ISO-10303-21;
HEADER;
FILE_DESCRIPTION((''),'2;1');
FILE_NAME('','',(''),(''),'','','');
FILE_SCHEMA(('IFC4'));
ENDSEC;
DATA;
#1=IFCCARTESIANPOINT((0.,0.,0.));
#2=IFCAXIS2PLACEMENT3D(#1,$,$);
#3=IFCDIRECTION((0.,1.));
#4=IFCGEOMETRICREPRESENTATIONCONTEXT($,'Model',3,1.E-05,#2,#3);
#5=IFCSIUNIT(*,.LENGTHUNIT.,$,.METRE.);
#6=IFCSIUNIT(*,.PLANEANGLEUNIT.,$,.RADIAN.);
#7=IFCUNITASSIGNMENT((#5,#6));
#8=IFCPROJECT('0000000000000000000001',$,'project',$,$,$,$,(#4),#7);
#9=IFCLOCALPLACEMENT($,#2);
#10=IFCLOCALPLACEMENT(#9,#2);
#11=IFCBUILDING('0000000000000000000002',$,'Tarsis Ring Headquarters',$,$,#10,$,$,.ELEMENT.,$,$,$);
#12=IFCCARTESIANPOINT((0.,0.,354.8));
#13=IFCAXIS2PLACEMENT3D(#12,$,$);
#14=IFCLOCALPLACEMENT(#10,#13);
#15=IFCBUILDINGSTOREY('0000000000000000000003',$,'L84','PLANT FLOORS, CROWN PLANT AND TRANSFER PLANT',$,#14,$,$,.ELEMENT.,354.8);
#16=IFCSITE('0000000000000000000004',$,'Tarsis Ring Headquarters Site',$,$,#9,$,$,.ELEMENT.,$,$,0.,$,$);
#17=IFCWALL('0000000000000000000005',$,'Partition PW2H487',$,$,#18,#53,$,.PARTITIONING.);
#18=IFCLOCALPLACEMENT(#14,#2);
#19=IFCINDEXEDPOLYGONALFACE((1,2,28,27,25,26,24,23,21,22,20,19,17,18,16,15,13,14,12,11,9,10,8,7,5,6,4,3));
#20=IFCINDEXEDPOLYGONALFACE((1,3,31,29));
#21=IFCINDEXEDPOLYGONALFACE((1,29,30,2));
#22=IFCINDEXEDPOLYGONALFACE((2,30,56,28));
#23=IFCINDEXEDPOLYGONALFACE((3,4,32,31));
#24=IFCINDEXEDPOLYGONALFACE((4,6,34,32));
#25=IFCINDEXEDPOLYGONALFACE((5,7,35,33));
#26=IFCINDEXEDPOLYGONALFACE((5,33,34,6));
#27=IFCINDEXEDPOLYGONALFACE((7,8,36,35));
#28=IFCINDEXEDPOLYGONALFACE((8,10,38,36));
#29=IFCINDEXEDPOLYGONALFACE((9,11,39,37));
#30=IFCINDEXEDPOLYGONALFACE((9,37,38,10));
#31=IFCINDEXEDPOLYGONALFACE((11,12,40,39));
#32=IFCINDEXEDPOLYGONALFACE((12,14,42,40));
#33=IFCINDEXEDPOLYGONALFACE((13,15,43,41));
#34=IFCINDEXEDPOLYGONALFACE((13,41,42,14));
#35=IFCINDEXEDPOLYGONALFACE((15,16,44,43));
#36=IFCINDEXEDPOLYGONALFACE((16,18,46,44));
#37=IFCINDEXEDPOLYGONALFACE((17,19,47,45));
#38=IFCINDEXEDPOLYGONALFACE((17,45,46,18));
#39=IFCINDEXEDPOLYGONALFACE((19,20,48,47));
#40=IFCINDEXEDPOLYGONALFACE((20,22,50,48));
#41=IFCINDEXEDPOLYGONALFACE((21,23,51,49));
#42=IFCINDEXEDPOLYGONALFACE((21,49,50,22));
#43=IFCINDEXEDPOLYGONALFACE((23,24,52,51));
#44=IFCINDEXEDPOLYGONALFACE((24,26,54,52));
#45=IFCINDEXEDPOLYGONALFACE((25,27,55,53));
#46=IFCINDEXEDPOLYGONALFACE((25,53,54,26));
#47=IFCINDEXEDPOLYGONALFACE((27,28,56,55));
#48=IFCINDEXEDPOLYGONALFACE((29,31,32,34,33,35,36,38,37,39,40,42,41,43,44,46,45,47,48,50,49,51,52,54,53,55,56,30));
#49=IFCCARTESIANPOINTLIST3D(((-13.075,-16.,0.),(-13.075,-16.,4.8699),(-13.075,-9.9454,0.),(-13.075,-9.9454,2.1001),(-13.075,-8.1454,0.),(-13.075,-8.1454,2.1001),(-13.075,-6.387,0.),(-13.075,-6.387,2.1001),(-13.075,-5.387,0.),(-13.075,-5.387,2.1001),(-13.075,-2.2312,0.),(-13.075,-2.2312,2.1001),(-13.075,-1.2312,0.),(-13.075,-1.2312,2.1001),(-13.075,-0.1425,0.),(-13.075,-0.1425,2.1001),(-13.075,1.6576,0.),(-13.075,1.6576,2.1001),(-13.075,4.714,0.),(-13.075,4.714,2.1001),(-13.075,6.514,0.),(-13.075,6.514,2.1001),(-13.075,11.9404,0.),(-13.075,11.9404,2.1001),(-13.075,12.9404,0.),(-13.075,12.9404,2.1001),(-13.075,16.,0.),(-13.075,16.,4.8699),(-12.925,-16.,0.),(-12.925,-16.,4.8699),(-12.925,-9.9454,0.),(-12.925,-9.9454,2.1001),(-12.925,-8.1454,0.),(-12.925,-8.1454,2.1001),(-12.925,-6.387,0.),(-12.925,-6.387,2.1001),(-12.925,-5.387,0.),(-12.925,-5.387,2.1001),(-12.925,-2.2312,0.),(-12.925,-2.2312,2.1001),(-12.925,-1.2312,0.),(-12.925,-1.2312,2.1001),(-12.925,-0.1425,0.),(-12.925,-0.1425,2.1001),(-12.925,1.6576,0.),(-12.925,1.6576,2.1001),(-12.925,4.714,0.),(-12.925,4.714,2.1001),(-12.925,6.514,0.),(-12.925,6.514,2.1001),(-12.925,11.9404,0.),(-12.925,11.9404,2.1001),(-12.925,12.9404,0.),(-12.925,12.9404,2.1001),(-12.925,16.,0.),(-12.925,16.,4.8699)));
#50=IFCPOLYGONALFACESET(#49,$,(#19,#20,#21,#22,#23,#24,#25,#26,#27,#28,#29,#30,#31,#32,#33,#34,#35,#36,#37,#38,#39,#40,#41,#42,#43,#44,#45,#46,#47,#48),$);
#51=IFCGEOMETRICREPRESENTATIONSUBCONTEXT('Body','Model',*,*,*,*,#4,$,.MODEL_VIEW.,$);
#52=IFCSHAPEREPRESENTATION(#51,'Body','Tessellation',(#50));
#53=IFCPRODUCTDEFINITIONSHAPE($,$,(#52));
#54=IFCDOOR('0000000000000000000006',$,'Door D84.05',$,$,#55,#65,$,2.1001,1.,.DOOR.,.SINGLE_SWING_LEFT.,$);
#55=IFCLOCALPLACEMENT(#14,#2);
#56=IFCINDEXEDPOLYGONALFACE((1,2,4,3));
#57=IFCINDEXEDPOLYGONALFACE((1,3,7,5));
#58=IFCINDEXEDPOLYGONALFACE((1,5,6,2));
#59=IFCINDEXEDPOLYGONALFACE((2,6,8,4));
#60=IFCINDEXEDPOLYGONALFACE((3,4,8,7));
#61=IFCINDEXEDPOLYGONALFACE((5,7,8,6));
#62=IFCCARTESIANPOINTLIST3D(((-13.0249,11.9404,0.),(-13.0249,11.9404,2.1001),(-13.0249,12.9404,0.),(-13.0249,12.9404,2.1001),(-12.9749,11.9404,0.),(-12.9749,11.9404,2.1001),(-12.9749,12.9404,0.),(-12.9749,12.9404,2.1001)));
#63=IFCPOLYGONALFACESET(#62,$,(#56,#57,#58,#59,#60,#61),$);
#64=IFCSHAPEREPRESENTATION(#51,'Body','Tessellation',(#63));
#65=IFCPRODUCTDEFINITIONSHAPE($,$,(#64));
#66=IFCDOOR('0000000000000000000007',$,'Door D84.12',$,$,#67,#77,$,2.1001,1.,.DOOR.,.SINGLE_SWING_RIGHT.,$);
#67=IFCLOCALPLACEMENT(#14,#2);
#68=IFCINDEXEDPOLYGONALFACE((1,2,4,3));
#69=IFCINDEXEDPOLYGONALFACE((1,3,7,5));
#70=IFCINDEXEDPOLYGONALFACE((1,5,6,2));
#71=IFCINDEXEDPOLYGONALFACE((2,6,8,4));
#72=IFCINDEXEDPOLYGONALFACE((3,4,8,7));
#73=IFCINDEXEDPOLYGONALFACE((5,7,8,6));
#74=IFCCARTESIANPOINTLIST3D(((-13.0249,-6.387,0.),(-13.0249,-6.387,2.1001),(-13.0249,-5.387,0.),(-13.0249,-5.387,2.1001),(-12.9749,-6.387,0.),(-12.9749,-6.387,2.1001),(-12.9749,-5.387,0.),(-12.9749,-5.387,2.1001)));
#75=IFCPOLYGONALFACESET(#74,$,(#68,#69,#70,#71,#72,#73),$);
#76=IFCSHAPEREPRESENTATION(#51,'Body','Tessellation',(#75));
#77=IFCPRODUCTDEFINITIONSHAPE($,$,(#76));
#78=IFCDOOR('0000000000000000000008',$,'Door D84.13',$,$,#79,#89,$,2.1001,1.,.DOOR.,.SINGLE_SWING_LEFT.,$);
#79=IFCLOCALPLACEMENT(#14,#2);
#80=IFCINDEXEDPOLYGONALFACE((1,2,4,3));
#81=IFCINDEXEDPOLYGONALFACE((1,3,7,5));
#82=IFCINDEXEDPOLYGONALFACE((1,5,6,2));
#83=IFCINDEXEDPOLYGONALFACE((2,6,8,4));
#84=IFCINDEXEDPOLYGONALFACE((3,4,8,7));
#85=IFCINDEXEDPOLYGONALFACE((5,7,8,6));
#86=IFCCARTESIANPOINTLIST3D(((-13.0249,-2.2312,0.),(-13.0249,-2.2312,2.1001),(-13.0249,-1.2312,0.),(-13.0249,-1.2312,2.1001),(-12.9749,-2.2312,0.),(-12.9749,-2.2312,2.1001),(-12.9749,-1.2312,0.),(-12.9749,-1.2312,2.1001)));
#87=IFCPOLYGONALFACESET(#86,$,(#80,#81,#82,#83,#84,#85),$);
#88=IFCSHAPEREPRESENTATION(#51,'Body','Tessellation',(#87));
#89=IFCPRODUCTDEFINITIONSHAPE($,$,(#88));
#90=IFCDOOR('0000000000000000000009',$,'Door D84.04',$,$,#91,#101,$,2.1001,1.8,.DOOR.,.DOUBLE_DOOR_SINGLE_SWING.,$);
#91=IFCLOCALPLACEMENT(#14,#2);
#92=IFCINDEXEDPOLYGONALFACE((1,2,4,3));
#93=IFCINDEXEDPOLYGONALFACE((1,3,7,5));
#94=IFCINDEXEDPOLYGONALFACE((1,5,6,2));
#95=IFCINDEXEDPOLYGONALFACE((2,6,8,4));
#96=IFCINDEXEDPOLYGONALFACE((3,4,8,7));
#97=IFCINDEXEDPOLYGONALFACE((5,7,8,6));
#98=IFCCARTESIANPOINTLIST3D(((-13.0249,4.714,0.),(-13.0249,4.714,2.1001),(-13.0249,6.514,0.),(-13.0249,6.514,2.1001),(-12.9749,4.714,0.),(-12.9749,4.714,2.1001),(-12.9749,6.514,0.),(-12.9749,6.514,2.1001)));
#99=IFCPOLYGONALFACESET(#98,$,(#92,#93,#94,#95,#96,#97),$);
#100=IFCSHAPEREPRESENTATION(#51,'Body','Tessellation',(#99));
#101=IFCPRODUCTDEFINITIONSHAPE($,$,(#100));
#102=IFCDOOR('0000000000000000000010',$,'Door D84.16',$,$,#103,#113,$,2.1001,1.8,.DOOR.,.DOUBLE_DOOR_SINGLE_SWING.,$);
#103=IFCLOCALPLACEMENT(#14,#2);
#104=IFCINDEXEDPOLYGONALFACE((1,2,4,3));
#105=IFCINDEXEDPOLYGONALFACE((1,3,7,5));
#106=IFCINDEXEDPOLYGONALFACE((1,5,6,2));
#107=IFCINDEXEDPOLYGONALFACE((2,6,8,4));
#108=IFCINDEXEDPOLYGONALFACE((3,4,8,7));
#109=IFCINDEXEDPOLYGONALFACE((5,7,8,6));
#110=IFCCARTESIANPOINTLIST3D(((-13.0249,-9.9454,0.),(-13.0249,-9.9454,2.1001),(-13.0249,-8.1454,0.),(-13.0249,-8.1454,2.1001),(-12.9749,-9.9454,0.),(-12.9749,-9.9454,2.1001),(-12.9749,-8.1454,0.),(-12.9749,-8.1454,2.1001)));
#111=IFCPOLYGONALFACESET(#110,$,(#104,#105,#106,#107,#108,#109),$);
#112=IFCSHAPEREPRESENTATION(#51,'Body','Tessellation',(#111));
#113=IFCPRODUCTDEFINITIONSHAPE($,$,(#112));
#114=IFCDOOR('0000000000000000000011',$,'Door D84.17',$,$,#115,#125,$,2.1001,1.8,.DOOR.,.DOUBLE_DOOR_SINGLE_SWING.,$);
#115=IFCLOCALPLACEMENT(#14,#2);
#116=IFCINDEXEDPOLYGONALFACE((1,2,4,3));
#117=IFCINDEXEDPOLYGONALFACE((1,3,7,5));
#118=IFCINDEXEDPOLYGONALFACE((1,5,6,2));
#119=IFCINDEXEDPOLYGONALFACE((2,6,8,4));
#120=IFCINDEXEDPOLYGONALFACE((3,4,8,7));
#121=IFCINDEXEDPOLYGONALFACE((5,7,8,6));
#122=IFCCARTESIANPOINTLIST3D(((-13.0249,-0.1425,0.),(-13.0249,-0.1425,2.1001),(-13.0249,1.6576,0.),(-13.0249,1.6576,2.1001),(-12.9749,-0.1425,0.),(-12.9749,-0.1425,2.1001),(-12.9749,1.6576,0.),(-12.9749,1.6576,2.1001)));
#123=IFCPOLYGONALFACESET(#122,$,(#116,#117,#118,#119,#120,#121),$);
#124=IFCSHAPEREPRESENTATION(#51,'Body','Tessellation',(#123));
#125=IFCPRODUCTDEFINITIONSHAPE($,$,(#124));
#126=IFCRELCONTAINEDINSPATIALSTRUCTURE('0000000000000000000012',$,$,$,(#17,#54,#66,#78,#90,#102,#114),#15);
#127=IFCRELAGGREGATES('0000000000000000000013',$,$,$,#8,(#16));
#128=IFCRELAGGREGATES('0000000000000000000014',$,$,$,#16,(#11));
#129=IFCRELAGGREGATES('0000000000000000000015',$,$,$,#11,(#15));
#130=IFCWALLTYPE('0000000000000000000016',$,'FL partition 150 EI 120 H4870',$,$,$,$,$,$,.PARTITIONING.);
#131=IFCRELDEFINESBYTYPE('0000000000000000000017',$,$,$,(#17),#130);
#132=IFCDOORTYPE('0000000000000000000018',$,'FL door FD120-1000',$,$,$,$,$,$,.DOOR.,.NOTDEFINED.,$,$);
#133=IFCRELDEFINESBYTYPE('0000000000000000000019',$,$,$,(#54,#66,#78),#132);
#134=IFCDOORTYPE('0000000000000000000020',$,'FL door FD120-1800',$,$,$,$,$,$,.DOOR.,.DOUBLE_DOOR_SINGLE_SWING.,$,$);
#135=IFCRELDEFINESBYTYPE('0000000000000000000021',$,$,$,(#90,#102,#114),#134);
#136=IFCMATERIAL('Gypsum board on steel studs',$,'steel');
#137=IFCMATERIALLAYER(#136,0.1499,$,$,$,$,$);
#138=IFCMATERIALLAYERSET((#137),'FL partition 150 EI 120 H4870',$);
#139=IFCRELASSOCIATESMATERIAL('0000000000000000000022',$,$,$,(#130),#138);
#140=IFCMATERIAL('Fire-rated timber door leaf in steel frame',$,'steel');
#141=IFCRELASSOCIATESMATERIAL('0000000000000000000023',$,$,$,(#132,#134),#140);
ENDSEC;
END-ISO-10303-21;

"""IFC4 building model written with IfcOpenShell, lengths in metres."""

from ifc_helpers import new_model, si_unit, direction, frame, frame_2d, origin, place, context, subcontext, project, spatial, rectangle, extrude, material, layer, layer_set, type_object, element, fill, save


model = new_model("IFC4")

# Units and contexts
model_context = context("Model", 3, precision=1e-05, world=origin(), true_north=direction((0.0, 1.0)))
body_context = subcontext(model_context, "Body", "Model", "MODEL_VIEW")
ifc_project = project(units=[si_unit("LENGTHUNIT", "METRE"), si_unit("PLANEANGLEUNIT", "RADIAN")], contexts=[model_context])

# Site, building, storey
site_placement = place(None, origin())
site = spatial("IfcSite", under=ifc_project, at=site_placement, Name="Tarsis Ring Headquarters Site", CompositionType="ELEMENT", RefElevation=0.0)
building_placement = place(site_placement, origin())
building = spatial("IfcBuilding", under=site, at=building_placement, Name="Tarsis Ring Headquarters", CompositionType="ELEMENT")
storey_placement = place(building_placement, frame((0.0, 0.0, 354.8)))
storey = spatial("IfcBuildingStorey", under=building, at=storey_placement, Name="L84", Description="PLANT FLOORS, CROWN PLANT AND TRANSFER PLANT", CompositionType="ELEMENT", Elevation=354.8)

# Wall, openings, doors
ifc_material_1 = material(Name="Gypsum board on steel studs", Category="steel")
ifc_layer_1 = layer(ifc_material_1, 0.1499)
ifc_layer_set_1 = layer_set([ifc_layer_1], Name="FL partition 150 EI 120 H4870")
wall_type_1 = type_object("IfcWallType", Name="FL partition 150 EI 120 H4870", PredefinedType="PARTITIONING", material=ifc_layer_set_1)
wall_1_placement = place(storey_placement, frame((-13.0, -16.0, 0.0), z_axis=(0.0, 0.0, 1.0), x_axis=(0.0, 1.0, 0.0)))
wall_1 = element("IfcWall", 1, at=wall_1_placement, inside=storey, type_object=wall_type_1, Name="Partition PW2H487", PredefinedType="PARTITIONING", context=body_context, shape_type="SweptSolid", body=[
    extrude(rectangle(XDim=32.0, YDim=0.1499, at=frame_2d((16.0, 0.0))), origin(), (0.0, 0.0, 1.0), 4.8699),
])
opening_1_placement = place(wall_1_placement, frame((20.7141, 0.0, 0.0)))
opening_1 = element("IfcOpeningElement", 2, at=opening_1_placement, cuts=wall_1, PredefinedType="OPENING", context=body_context, shape_type="SweptSolid", body=[
    extrude(rectangle(XDim=1.8, YDim=2.1001, at=frame_2d((0.8999, 1.05))), frame((0.0, 0.085, 0.0), z_axis=(0.0, -1.0, 0.0), x_axis=(1.0, 0.0, 0.0)), (0.0, 0.0, 1.0), 0.1699),
])
opening_2_placement = place(wall_1_placement, frame((27.9404, 0.0, 0.0)))
opening_2 = element("IfcOpeningElement", 3, at=opening_2_placement, cuts=wall_1, PredefinedType="OPENING", context=body_context, shape_type="SweptSolid", body=[
    extrude(rectangle(XDim=1.0, YDim=2.1001, at=frame_2d((0.5, 1.05))), frame((0.0, 0.085, 0.0), z_axis=(0.0, -1.0, 0.0), x_axis=(1.0, 0.0, 0.0)), (0.0, 0.0, 1.0), 0.1699),
])
opening_3_placement = place(wall_1_placement, frame((9.613, 0.0, 0.0)))
opening_3 = element("IfcOpeningElement", 4, at=opening_3_placement, cuts=wall_1, PredefinedType="OPENING", context=body_context, shape_type="SweptSolid", body=[
    extrude(rectangle(XDim=1.0, YDim=2.1001, at=frame_2d((0.5, 1.05))), frame((0.0, 0.085, 0.0), z_axis=(0.0, -1.0, 0.0), x_axis=(1.0, 0.0, 0.0)), (0.0, 0.0, 1.0), 0.1699),
])
opening_4_placement = place(wall_1_placement, frame((13.7688, 0.0, 0.0)))
opening_4 = element("IfcOpeningElement", 5, at=opening_4_placement, cuts=wall_1, PredefinedType="OPENING", context=body_context, shape_type="SweptSolid", body=[
    extrude(rectangle(XDim=1.0, YDim=2.1001, at=frame_2d((0.5, 1.05))), frame((0.0, 0.085, 0.0), z_axis=(0.0, -1.0, 0.0), x_axis=(1.0, 0.0, 0.0)), (0.0, 0.0, 1.0), 0.1699),
])
opening_5_placement = place(wall_1_placement, frame((6.0547, 0.0, 0.0)))
opening_5 = element("IfcOpeningElement", 6, at=opening_5_placement, cuts=wall_1, PredefinedType="OPENING", context=body_context, shape_type="SweptSolid", body=[
    extrude(rectangle(XDim=1.8, YDim=2.1001, at=frame_2d((0.8999, 1.05))), frame((0.0, 0.085, 0.0), z_axis=(0.0, -1.0, 0.0), x_axis=(1.0, 0.0, 0.0)), (0.0, 0.0, 1.0), 0.1699),
])
opening_6_placement = place(wall_1_placement, frame((15.8577, 0.0, 0.0)))
opening_6 = element("IfcOpeningElement", 7, at=opening_6_placement, cuts=wall_1, PredefinedType="OPENING", context=body_context, shape_type="SweptSolid", body=[
    extrude(rectangle(XDim=1.8, YDim=2.1001, at=frame_2d((0.8999, 1.05))), frame((0.0, 0.085, 0.0), z_axis=(0.0, -1.0, 0.0), x_axis=(1.0, 0.0, 0.0)), (0.0, 0.0, 1.0), 0.1699),
])
ifc_material_2 = material(Name="Fire-rated timber door leaf in steel frame", Category="steel")
door_type_1 = type_object("IfcDoorType", Name="FL door FD120-1000", OperationType="NOTDEFINED", PredefinedType="DOOR", material=ifc_material_2)
door_1_placement = place(opening_2_placement, origin())
door_1 = element("IfcDoor", 8, at=door_1_placement, inside=storey, type_object=door_type_1, Name="Door D84.05", OperationType="SINGLE_SWING_LEFT", OverallHeight=2.1001, OverallWidth=1.0, PredefinedType="DOOR", context=body_context, shape_type="SweptSolid", body=[
    extrude(rectangle(XDim=1.0, YDim=2.1001, at=frame_2d((0.5, 1.05))), frame((0.0, 0.0249, 0.0), z_axis=(0.0, -1.0, 0.0), x_axis=(1.0, 0.0, 0.0)), (0.0, 0.0, 1.0), 0.05),
])
fill(opening_2, door_1)
door_2_placement = place(opening_3_placement, origin())
door_2 = element("IfcDoor", 9, at=door_2_placement, inside=storey, type_object=door_type_1, Name="Door D84.12", OperationType="SINGLE_SWING_RIGHT", OverallHeight=2.1001, OverallWidth=1.0, PredefinedType="DOOR", context=body_context, shape_type="SweptSolid", body=[
    extrude(rectangle(XDim=1.0, YDim=2.1001, at=frame_2d((0.5, 1.05))), frame((0.0, 0.0249, 0.0), z_axis=(0.0, -1.0, 0.0), x_axis=(1.0, 0.0, 0.0)), (0.0, 0.0, 1.0), 0.05),
])
fill(opening_3, door_2)
door_3_placement = place(opening_4_placement, origin())
door_3 = element("IfcDoor", 10, at=door_3_placement, inside=storey, type_object=door_type_1, Name="Door D84.13", OperationType="SINGLE_SWING_LEFT", OverallHeight=2.1001, OverallWidth=1.0, PredefinedType="DOOR", context=body_context, shape_type="SweptSolid", body=[
    extrude(rectangle(XDim=1.0, YDim=2.1001, at=frame_2d((0.5, 1.05))), frame((0.0, 0.0249, 0.0), z_axis=(0.0, -1.0, 0.0), x_axis=(1.0, 0.0, 0.0)), (0.0, 0.0, 1.0), 0.05),
])
fill(opening_4, door_3)
door_type_2 = type_object("IfcDoorType", Name="FL door FD120-1800", OperationType="DOUBLE_DOOR_SINGLE_SWING", PredefinedType="DOOR", material=ifc_material_2)
door_4_placement = place(opening_1_placement, origin())
door_4 = element("IfcDoor", 11, at=door_4_placement, inside=storey, type_object=door_type_2, Name="Door D84.04", OperationType="DOUBLE_DOOR_SINGLE_SWING", OverallHeight=2.1001, OverallWidth=1.8, PredefinedType="DOOR", context=body_context, shape_type="SweptSolid", body=[
    extrude(rectangle(XDim=1.8, YDim=2.1001, at=frame_2d((0.8999, 1.05))), frame((0.0, 0.0249, 0.0), z_axis=(0.0, -1.0, 0.0), x_axis=(1.0, 0.0, 0.0)), (0.0, 0.0, 1.0), 0.05),
])
fill(opening_1, door_4)
door_5_placement = place(opening_5_placement, origin())
door_5 = element("IfcDoor", 12, at=door_5_placement, inside=storey, type_object=door_type_2, Name="Door D84.16", OperationType="DOUBLE_DOOR_SINGLE_SWING", OverallHeight=2.1001, OverallWidth=1.8, PredefinedType="DOOR", context=body_context, shape_type="SweptSolid", body=[
    extrude(rectangle(XDim=1.8, YDim=2.1001, at=frame_2d((0.8999, 1.05))), frame((0.0, 0.0249, 0.0), z_axis=(0.0, -1.0, 0.0), x_axis=(1.0, 0.0, 0.0)), (0.0, 0.0, 1.0), 0.05),
])
fill(opening_5, door_5)
door_6_placement = place(opening_6_placement, origin())
door_6 = element("IfcDoor", 13, at=door_6_placement, inside=storey, type_object=door_type_2, Name="Door D84.17", OperationType="DOUBLE_DOOR_SINGLE_SWING", OverallHeight=2.1001, OverallWidth=1.8, PredefinedType="DOOR", context=body_context, shape_type="SweptSolid", body=[
    extrude(rectangle(XDim=1.8, YDim=2.1001, at=frame_2d((0.8999, 1.05))), frame((0.0, 0.0249, 0.0), z_axis=(0.0, -1.0, 0.0), x_axis=(1.0, 0.0, 0.0)), (0.0, 0.0, 1.0), 0.05),
])
fill(opening_6, door_6)

save(model, "model.ifc")
